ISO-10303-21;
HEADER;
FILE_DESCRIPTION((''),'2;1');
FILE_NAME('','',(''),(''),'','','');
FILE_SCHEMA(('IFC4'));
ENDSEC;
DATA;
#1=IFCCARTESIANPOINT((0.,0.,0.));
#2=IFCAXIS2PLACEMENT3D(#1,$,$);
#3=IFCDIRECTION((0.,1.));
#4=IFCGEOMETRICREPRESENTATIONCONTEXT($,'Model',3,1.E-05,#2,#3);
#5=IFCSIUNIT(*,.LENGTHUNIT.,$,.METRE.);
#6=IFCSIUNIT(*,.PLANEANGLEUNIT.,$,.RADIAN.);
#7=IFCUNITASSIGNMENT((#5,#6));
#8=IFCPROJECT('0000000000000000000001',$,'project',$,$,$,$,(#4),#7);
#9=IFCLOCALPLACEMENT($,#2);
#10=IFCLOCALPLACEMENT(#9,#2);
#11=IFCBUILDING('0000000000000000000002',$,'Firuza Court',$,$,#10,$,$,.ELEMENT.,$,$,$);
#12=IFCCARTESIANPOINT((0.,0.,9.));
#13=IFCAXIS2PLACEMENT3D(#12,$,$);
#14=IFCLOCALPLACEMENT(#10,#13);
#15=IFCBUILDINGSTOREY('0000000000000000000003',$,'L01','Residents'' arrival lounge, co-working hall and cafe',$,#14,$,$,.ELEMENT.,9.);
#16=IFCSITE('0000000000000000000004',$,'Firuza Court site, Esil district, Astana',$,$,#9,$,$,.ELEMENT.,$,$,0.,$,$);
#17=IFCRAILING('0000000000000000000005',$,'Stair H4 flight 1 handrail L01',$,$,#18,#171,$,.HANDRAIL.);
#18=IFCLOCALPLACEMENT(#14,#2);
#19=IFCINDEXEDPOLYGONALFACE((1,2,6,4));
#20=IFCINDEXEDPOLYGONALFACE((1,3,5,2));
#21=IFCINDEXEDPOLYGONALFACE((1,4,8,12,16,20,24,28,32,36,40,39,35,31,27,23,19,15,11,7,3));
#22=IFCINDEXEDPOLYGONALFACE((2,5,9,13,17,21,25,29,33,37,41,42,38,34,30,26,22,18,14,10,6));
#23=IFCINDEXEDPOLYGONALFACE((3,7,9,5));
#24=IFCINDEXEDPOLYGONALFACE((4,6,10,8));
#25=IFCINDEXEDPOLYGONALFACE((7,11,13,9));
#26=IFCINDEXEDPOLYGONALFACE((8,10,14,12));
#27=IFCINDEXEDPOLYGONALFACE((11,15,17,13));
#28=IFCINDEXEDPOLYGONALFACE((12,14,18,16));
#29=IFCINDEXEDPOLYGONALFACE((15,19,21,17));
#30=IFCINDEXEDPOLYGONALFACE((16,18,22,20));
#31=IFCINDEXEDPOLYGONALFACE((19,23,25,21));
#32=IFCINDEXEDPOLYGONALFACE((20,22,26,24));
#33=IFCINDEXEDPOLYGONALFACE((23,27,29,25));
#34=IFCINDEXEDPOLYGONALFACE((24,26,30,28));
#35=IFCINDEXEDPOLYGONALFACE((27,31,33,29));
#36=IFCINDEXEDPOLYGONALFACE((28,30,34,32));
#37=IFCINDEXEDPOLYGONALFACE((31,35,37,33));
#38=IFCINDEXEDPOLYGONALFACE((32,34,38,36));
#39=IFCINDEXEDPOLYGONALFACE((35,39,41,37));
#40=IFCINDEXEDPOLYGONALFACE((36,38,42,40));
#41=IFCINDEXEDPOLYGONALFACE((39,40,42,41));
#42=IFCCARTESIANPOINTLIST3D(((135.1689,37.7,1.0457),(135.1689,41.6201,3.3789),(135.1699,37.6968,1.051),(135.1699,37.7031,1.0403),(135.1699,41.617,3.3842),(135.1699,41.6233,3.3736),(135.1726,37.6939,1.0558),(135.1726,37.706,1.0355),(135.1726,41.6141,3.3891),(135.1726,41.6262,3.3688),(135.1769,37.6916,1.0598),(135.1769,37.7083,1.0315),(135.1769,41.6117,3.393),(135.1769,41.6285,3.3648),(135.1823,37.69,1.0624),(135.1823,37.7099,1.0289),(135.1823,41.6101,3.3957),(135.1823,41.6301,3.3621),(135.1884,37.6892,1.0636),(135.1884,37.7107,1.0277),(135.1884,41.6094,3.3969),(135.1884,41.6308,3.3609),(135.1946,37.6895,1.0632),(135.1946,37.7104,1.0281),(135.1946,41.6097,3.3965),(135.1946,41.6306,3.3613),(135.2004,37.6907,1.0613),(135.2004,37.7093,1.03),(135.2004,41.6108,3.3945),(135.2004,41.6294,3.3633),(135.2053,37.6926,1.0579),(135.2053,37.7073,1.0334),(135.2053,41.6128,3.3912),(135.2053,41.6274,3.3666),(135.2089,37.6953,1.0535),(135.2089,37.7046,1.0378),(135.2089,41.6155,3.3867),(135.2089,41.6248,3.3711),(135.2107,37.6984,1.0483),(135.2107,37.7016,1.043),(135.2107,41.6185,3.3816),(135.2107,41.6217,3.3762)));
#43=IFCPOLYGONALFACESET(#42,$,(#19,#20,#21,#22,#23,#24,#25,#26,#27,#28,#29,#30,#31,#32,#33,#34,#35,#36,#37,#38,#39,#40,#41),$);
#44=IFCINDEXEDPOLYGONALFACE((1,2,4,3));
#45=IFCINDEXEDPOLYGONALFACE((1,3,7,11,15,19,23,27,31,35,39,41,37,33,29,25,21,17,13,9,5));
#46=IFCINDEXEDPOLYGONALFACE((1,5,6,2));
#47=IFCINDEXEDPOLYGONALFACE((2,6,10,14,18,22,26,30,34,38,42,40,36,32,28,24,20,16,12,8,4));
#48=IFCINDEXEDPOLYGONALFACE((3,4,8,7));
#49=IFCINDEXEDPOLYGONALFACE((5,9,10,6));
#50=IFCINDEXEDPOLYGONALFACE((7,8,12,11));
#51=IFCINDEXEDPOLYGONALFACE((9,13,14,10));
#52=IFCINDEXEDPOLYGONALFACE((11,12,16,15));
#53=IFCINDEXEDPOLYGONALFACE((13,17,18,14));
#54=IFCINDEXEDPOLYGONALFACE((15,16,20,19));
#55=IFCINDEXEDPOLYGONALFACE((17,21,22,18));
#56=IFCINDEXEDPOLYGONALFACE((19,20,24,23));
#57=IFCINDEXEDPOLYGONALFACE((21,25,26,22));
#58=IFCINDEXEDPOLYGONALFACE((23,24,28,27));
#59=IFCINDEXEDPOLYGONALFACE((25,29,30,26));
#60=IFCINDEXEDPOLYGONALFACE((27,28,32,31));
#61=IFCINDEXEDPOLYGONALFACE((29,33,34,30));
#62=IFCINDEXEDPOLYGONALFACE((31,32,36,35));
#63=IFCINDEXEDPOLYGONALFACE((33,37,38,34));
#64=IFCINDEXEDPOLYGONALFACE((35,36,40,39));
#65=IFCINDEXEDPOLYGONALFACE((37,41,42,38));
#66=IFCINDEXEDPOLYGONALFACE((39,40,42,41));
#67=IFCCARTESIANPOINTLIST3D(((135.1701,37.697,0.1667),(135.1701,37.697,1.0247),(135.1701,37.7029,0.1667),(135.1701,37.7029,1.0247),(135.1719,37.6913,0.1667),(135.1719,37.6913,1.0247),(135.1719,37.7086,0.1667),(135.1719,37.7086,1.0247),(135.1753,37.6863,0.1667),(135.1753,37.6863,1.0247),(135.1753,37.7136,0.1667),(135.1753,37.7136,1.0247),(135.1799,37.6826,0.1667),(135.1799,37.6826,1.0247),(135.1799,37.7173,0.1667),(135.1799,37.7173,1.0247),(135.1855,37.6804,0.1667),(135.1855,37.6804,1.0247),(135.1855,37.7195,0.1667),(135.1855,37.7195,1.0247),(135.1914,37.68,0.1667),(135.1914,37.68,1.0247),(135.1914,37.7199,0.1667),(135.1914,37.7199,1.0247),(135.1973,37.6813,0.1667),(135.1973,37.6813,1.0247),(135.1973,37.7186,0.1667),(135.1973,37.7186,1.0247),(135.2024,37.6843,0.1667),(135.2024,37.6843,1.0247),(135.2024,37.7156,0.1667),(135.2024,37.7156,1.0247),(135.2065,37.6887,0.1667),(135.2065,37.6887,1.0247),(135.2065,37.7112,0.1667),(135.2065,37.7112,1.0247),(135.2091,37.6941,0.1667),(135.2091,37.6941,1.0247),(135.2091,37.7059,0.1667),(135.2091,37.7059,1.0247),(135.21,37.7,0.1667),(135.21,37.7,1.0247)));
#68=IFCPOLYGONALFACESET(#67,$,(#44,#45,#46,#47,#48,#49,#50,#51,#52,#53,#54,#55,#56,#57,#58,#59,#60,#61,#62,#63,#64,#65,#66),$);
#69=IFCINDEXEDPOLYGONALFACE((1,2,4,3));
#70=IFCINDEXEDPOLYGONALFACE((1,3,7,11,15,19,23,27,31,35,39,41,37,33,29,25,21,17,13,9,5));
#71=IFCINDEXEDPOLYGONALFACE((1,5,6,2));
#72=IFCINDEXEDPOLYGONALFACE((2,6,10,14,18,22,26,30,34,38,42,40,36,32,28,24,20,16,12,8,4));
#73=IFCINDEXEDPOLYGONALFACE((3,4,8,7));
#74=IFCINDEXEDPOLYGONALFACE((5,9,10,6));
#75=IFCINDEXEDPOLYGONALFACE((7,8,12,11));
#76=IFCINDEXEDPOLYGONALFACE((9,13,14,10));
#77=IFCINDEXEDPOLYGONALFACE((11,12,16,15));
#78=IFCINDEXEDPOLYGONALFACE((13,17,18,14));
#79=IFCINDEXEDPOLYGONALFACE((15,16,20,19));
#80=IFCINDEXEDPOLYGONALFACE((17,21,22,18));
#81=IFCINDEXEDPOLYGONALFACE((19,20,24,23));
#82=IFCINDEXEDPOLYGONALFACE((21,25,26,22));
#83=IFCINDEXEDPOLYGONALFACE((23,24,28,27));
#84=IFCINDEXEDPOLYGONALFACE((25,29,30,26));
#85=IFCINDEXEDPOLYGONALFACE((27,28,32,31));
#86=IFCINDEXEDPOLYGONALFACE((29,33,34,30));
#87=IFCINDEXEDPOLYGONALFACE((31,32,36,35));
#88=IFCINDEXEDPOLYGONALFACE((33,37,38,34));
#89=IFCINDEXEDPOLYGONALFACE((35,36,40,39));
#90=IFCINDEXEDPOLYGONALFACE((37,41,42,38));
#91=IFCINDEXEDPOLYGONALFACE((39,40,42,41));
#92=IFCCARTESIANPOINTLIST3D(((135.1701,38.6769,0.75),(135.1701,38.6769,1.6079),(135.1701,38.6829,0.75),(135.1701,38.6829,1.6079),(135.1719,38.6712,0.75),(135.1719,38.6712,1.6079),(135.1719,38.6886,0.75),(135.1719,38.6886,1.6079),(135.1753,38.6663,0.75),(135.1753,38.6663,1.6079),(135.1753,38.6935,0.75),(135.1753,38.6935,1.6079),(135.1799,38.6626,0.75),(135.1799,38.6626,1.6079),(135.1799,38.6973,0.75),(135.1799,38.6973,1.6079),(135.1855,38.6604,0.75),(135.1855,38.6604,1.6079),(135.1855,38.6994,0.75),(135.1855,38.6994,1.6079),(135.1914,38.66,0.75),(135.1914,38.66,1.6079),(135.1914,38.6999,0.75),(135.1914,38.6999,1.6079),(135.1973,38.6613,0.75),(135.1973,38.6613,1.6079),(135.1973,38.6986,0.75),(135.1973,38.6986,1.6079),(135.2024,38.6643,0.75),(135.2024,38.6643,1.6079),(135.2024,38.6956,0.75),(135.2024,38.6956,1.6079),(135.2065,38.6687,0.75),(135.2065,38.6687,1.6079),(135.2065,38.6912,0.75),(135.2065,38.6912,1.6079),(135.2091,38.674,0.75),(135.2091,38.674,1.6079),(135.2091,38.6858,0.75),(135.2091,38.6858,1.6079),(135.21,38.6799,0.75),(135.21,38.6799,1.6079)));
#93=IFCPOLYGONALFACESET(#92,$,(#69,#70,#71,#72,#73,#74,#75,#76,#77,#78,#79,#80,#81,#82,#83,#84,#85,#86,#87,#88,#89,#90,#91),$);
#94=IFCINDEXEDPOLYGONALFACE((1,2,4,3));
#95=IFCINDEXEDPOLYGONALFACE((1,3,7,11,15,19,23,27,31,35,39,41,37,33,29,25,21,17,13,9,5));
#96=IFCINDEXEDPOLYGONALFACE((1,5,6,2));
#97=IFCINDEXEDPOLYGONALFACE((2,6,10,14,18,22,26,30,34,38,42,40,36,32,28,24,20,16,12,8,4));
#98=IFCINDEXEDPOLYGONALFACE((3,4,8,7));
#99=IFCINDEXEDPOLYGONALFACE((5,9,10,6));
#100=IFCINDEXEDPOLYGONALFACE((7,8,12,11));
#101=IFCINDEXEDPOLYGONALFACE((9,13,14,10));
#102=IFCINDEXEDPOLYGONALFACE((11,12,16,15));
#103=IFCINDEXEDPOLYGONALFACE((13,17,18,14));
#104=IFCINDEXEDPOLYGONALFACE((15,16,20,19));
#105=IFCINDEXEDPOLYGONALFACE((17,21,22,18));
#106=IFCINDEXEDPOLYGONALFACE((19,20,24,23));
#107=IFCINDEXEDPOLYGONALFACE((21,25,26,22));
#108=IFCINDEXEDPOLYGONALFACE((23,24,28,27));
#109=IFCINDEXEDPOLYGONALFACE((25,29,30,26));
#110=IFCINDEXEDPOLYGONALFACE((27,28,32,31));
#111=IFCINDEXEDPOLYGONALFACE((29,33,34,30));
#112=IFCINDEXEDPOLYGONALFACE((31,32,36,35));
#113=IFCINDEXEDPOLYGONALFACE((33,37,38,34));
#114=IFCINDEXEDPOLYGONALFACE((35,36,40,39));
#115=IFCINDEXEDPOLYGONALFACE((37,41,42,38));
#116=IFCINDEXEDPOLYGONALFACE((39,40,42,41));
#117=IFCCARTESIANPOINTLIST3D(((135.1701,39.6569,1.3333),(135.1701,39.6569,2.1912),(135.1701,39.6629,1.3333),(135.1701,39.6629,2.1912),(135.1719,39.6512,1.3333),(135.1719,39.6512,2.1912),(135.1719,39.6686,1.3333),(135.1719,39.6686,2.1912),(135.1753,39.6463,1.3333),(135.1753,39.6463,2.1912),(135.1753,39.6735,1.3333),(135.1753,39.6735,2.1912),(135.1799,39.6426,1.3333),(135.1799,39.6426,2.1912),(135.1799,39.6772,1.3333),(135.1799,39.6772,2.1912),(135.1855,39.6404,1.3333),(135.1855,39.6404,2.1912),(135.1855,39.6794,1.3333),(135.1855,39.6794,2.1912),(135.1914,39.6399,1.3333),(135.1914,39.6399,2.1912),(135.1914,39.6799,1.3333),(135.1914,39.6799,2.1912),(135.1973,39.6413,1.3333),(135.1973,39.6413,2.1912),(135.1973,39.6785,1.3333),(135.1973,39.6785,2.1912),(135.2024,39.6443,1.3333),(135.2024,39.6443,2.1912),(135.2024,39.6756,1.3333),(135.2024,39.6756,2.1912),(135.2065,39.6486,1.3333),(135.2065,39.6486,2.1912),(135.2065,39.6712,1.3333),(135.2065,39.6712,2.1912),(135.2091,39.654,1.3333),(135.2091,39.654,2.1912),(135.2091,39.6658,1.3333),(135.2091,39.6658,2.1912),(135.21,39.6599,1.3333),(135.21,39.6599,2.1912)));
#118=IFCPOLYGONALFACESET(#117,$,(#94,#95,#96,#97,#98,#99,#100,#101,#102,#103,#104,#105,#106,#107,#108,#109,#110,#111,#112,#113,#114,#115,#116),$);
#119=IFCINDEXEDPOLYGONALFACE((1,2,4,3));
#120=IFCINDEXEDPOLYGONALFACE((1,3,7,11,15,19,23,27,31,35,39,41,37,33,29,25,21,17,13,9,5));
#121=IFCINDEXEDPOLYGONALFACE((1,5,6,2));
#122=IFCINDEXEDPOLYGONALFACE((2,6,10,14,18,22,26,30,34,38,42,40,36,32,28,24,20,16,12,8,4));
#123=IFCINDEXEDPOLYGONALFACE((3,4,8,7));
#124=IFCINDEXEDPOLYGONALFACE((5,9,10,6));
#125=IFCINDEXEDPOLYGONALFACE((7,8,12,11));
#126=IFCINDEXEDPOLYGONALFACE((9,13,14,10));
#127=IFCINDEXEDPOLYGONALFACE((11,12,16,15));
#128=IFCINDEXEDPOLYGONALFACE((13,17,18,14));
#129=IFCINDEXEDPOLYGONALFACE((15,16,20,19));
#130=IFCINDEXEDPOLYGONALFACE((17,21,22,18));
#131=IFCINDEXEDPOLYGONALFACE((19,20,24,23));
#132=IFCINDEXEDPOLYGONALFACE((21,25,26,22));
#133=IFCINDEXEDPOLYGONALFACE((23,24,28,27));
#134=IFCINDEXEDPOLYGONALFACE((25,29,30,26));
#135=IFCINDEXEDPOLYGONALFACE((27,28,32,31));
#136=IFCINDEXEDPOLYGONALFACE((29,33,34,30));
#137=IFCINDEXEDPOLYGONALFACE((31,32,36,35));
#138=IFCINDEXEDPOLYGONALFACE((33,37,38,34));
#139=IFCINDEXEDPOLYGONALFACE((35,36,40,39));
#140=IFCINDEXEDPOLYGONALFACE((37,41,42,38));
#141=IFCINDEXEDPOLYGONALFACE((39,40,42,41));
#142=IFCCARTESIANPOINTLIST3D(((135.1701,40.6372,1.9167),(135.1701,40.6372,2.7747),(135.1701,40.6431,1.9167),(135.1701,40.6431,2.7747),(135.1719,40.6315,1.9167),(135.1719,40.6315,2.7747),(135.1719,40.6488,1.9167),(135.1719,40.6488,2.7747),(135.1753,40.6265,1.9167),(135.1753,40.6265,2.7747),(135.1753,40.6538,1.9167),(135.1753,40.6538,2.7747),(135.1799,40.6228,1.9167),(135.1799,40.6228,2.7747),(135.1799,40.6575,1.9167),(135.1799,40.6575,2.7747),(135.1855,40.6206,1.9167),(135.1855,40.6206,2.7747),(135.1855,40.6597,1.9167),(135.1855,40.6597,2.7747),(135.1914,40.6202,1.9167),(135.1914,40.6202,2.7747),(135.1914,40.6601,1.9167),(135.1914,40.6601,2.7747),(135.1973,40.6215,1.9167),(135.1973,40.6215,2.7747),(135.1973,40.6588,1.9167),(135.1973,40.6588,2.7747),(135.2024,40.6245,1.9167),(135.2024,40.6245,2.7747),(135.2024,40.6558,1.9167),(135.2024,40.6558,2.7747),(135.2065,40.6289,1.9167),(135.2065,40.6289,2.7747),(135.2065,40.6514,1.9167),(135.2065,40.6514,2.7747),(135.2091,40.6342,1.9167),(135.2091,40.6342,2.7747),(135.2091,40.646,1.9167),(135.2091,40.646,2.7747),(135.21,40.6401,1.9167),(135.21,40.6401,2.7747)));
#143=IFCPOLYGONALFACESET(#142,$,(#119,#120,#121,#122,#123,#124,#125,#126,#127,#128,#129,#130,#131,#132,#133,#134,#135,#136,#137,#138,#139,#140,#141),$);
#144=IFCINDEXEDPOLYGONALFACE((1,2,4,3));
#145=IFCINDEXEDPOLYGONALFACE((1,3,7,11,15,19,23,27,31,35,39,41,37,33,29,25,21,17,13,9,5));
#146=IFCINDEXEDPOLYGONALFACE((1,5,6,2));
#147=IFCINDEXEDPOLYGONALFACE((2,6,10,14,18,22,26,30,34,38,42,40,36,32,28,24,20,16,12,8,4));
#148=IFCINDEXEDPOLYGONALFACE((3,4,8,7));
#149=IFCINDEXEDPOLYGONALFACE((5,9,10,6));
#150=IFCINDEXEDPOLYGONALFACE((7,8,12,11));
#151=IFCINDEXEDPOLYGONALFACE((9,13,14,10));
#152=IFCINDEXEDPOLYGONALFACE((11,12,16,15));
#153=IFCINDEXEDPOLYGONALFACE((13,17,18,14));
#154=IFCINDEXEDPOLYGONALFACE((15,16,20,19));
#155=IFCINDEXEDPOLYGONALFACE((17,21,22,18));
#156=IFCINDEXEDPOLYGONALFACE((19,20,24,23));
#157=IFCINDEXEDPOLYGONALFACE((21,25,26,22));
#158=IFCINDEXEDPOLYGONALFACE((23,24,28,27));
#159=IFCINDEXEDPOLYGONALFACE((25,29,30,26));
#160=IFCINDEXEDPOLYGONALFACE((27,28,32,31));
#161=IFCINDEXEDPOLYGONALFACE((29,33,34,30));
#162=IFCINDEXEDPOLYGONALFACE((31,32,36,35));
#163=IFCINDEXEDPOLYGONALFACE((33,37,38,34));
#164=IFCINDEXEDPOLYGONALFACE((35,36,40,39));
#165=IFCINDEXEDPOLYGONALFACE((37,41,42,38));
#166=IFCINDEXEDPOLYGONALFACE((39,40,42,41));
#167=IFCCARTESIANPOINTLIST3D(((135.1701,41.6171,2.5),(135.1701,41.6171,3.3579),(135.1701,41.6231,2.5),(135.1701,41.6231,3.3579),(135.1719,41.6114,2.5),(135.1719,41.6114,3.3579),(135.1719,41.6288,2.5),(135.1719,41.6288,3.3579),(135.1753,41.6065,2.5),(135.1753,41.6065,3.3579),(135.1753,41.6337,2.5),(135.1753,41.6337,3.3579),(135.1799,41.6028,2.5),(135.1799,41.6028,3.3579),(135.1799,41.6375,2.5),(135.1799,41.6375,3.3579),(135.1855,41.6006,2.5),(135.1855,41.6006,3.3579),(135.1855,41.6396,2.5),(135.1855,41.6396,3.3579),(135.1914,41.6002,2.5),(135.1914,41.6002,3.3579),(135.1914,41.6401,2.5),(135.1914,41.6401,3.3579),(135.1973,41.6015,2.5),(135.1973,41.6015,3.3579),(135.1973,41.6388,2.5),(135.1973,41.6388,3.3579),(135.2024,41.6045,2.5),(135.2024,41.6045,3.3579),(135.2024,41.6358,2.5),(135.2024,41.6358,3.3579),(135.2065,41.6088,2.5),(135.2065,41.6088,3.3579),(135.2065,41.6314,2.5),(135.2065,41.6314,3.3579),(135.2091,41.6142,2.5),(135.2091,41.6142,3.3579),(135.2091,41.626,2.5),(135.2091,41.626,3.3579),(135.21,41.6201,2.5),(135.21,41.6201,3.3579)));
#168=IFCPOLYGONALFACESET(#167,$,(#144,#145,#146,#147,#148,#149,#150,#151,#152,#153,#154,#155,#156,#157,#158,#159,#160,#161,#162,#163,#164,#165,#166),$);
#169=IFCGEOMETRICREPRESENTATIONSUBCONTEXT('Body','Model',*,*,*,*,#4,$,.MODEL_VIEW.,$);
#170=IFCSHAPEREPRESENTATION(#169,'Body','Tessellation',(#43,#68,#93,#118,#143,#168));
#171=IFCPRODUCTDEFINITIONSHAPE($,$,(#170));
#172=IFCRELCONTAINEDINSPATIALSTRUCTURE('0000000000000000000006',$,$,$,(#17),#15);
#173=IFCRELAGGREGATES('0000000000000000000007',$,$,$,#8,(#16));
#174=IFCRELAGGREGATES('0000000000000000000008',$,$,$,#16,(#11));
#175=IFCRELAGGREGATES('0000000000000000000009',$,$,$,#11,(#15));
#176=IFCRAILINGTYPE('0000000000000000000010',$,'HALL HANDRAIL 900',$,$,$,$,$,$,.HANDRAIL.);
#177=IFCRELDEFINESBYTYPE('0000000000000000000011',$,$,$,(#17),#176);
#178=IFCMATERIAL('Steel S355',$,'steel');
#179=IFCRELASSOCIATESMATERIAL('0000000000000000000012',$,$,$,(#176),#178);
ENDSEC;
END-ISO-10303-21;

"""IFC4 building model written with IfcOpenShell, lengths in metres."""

from ifc_helpers import new_model, si_unit, direction, frame, origin, origin_2d, place, context, subcontext, project, spatial, circle, extrude, material, type_object, element, save


model = new_model("IFC4")

# Units and contexts
model_context = context("Model", 3, precision=1e-05, world=origin(), true_north=direction((0.0, 1.0)))
body_context = subcontext(model_context, "Body", "Model", "MODEL_VIEW")
ifc_project = project(units=[si_unit("LENGTHUNIT", "METRE"), si_unit("PLANEANGLEUNIT", "RADIAN")], contexts=[model_context])

# Site, building, storey
site_placement = place(None, origin())
site = spatial("IfcSite", under=ifc_project, at=site_placement, Name="Firuza Court site, Esil district, Astana", CompositionType="ELEMENT", RefElevation=0.0)
building_placement = place(site_placement, origin())
building = spatial("IfcBuilding", under=site, at=building_placement, Name="Firuza Court", CompositionType="ELEMENT")
storey_placement = place(building_placement, frame((0.0, 0.0, 9.0)))
storey = spatial("IfcBuildingStorey", under=building, at=storey_placement, Name="L01", Description="Residents' arrival lounge, co-working hall and cafe", CompositionType="ELEMENT", Elevation=9.0)

# Railing
ifc_material_1 = material(Name="Steel S355", Category="steel")
railing_type_1 = type_object("IfcRailingType", Name="HALL HANDRAIL 900", PredefinedType="HANDRAIL", material=ifc_material_1)
railing_1_placement = place(storey_placement, frame((135.1899, 37.7, 0.1667)))
element("IfcRailing", 1, at=railing_1_placement, inside=storey, type_object=railing_type_1, Name="Stair H4 flight 1 handrail L01", PredefinedType="HANDRAIL", context=body_context, shape_type="SweptSolid", body=[
    extrude(circle(Radius=0.021, at=origin_2d()), frame((0.0, 0.0, 0.8789), z_axis=(0.0, 0.85931, 0.511455), x_axis=(-1.0, 0.0, 0.0)), (0.0, 0.0, 1.0), 4.562),
    extrude(circle(Radius=0.02, at=origin_2d()), origin(), (0.0, 0.0, 1.0), 0.8579),
    extrude(circle(Radius=0.02, at=origin_2d()), frame((0.0, 0.98, 0.5833)), (0.0, 0.0, 1.0), 0.8579),
    extrude(circle(Radius=0.02, at=origin_2d()), frame((0.0, 1.96, 1.1665)), (0.0, 0.0, 1.0), 0.8579),
    extrude(circle(Radius=0.02, at=origin_2d()), frame((0.0, 2.9402, 1.75)), (0.0, 0.0, 1.0), 0.8579),
    extrude(circle(Radius=0.02, at=origin_2d()), frame((0.0, 3.9202, 2.3333)), (0.0, 0.0, 1.0), 0.8579),
])

save(model, "model.ifc")
